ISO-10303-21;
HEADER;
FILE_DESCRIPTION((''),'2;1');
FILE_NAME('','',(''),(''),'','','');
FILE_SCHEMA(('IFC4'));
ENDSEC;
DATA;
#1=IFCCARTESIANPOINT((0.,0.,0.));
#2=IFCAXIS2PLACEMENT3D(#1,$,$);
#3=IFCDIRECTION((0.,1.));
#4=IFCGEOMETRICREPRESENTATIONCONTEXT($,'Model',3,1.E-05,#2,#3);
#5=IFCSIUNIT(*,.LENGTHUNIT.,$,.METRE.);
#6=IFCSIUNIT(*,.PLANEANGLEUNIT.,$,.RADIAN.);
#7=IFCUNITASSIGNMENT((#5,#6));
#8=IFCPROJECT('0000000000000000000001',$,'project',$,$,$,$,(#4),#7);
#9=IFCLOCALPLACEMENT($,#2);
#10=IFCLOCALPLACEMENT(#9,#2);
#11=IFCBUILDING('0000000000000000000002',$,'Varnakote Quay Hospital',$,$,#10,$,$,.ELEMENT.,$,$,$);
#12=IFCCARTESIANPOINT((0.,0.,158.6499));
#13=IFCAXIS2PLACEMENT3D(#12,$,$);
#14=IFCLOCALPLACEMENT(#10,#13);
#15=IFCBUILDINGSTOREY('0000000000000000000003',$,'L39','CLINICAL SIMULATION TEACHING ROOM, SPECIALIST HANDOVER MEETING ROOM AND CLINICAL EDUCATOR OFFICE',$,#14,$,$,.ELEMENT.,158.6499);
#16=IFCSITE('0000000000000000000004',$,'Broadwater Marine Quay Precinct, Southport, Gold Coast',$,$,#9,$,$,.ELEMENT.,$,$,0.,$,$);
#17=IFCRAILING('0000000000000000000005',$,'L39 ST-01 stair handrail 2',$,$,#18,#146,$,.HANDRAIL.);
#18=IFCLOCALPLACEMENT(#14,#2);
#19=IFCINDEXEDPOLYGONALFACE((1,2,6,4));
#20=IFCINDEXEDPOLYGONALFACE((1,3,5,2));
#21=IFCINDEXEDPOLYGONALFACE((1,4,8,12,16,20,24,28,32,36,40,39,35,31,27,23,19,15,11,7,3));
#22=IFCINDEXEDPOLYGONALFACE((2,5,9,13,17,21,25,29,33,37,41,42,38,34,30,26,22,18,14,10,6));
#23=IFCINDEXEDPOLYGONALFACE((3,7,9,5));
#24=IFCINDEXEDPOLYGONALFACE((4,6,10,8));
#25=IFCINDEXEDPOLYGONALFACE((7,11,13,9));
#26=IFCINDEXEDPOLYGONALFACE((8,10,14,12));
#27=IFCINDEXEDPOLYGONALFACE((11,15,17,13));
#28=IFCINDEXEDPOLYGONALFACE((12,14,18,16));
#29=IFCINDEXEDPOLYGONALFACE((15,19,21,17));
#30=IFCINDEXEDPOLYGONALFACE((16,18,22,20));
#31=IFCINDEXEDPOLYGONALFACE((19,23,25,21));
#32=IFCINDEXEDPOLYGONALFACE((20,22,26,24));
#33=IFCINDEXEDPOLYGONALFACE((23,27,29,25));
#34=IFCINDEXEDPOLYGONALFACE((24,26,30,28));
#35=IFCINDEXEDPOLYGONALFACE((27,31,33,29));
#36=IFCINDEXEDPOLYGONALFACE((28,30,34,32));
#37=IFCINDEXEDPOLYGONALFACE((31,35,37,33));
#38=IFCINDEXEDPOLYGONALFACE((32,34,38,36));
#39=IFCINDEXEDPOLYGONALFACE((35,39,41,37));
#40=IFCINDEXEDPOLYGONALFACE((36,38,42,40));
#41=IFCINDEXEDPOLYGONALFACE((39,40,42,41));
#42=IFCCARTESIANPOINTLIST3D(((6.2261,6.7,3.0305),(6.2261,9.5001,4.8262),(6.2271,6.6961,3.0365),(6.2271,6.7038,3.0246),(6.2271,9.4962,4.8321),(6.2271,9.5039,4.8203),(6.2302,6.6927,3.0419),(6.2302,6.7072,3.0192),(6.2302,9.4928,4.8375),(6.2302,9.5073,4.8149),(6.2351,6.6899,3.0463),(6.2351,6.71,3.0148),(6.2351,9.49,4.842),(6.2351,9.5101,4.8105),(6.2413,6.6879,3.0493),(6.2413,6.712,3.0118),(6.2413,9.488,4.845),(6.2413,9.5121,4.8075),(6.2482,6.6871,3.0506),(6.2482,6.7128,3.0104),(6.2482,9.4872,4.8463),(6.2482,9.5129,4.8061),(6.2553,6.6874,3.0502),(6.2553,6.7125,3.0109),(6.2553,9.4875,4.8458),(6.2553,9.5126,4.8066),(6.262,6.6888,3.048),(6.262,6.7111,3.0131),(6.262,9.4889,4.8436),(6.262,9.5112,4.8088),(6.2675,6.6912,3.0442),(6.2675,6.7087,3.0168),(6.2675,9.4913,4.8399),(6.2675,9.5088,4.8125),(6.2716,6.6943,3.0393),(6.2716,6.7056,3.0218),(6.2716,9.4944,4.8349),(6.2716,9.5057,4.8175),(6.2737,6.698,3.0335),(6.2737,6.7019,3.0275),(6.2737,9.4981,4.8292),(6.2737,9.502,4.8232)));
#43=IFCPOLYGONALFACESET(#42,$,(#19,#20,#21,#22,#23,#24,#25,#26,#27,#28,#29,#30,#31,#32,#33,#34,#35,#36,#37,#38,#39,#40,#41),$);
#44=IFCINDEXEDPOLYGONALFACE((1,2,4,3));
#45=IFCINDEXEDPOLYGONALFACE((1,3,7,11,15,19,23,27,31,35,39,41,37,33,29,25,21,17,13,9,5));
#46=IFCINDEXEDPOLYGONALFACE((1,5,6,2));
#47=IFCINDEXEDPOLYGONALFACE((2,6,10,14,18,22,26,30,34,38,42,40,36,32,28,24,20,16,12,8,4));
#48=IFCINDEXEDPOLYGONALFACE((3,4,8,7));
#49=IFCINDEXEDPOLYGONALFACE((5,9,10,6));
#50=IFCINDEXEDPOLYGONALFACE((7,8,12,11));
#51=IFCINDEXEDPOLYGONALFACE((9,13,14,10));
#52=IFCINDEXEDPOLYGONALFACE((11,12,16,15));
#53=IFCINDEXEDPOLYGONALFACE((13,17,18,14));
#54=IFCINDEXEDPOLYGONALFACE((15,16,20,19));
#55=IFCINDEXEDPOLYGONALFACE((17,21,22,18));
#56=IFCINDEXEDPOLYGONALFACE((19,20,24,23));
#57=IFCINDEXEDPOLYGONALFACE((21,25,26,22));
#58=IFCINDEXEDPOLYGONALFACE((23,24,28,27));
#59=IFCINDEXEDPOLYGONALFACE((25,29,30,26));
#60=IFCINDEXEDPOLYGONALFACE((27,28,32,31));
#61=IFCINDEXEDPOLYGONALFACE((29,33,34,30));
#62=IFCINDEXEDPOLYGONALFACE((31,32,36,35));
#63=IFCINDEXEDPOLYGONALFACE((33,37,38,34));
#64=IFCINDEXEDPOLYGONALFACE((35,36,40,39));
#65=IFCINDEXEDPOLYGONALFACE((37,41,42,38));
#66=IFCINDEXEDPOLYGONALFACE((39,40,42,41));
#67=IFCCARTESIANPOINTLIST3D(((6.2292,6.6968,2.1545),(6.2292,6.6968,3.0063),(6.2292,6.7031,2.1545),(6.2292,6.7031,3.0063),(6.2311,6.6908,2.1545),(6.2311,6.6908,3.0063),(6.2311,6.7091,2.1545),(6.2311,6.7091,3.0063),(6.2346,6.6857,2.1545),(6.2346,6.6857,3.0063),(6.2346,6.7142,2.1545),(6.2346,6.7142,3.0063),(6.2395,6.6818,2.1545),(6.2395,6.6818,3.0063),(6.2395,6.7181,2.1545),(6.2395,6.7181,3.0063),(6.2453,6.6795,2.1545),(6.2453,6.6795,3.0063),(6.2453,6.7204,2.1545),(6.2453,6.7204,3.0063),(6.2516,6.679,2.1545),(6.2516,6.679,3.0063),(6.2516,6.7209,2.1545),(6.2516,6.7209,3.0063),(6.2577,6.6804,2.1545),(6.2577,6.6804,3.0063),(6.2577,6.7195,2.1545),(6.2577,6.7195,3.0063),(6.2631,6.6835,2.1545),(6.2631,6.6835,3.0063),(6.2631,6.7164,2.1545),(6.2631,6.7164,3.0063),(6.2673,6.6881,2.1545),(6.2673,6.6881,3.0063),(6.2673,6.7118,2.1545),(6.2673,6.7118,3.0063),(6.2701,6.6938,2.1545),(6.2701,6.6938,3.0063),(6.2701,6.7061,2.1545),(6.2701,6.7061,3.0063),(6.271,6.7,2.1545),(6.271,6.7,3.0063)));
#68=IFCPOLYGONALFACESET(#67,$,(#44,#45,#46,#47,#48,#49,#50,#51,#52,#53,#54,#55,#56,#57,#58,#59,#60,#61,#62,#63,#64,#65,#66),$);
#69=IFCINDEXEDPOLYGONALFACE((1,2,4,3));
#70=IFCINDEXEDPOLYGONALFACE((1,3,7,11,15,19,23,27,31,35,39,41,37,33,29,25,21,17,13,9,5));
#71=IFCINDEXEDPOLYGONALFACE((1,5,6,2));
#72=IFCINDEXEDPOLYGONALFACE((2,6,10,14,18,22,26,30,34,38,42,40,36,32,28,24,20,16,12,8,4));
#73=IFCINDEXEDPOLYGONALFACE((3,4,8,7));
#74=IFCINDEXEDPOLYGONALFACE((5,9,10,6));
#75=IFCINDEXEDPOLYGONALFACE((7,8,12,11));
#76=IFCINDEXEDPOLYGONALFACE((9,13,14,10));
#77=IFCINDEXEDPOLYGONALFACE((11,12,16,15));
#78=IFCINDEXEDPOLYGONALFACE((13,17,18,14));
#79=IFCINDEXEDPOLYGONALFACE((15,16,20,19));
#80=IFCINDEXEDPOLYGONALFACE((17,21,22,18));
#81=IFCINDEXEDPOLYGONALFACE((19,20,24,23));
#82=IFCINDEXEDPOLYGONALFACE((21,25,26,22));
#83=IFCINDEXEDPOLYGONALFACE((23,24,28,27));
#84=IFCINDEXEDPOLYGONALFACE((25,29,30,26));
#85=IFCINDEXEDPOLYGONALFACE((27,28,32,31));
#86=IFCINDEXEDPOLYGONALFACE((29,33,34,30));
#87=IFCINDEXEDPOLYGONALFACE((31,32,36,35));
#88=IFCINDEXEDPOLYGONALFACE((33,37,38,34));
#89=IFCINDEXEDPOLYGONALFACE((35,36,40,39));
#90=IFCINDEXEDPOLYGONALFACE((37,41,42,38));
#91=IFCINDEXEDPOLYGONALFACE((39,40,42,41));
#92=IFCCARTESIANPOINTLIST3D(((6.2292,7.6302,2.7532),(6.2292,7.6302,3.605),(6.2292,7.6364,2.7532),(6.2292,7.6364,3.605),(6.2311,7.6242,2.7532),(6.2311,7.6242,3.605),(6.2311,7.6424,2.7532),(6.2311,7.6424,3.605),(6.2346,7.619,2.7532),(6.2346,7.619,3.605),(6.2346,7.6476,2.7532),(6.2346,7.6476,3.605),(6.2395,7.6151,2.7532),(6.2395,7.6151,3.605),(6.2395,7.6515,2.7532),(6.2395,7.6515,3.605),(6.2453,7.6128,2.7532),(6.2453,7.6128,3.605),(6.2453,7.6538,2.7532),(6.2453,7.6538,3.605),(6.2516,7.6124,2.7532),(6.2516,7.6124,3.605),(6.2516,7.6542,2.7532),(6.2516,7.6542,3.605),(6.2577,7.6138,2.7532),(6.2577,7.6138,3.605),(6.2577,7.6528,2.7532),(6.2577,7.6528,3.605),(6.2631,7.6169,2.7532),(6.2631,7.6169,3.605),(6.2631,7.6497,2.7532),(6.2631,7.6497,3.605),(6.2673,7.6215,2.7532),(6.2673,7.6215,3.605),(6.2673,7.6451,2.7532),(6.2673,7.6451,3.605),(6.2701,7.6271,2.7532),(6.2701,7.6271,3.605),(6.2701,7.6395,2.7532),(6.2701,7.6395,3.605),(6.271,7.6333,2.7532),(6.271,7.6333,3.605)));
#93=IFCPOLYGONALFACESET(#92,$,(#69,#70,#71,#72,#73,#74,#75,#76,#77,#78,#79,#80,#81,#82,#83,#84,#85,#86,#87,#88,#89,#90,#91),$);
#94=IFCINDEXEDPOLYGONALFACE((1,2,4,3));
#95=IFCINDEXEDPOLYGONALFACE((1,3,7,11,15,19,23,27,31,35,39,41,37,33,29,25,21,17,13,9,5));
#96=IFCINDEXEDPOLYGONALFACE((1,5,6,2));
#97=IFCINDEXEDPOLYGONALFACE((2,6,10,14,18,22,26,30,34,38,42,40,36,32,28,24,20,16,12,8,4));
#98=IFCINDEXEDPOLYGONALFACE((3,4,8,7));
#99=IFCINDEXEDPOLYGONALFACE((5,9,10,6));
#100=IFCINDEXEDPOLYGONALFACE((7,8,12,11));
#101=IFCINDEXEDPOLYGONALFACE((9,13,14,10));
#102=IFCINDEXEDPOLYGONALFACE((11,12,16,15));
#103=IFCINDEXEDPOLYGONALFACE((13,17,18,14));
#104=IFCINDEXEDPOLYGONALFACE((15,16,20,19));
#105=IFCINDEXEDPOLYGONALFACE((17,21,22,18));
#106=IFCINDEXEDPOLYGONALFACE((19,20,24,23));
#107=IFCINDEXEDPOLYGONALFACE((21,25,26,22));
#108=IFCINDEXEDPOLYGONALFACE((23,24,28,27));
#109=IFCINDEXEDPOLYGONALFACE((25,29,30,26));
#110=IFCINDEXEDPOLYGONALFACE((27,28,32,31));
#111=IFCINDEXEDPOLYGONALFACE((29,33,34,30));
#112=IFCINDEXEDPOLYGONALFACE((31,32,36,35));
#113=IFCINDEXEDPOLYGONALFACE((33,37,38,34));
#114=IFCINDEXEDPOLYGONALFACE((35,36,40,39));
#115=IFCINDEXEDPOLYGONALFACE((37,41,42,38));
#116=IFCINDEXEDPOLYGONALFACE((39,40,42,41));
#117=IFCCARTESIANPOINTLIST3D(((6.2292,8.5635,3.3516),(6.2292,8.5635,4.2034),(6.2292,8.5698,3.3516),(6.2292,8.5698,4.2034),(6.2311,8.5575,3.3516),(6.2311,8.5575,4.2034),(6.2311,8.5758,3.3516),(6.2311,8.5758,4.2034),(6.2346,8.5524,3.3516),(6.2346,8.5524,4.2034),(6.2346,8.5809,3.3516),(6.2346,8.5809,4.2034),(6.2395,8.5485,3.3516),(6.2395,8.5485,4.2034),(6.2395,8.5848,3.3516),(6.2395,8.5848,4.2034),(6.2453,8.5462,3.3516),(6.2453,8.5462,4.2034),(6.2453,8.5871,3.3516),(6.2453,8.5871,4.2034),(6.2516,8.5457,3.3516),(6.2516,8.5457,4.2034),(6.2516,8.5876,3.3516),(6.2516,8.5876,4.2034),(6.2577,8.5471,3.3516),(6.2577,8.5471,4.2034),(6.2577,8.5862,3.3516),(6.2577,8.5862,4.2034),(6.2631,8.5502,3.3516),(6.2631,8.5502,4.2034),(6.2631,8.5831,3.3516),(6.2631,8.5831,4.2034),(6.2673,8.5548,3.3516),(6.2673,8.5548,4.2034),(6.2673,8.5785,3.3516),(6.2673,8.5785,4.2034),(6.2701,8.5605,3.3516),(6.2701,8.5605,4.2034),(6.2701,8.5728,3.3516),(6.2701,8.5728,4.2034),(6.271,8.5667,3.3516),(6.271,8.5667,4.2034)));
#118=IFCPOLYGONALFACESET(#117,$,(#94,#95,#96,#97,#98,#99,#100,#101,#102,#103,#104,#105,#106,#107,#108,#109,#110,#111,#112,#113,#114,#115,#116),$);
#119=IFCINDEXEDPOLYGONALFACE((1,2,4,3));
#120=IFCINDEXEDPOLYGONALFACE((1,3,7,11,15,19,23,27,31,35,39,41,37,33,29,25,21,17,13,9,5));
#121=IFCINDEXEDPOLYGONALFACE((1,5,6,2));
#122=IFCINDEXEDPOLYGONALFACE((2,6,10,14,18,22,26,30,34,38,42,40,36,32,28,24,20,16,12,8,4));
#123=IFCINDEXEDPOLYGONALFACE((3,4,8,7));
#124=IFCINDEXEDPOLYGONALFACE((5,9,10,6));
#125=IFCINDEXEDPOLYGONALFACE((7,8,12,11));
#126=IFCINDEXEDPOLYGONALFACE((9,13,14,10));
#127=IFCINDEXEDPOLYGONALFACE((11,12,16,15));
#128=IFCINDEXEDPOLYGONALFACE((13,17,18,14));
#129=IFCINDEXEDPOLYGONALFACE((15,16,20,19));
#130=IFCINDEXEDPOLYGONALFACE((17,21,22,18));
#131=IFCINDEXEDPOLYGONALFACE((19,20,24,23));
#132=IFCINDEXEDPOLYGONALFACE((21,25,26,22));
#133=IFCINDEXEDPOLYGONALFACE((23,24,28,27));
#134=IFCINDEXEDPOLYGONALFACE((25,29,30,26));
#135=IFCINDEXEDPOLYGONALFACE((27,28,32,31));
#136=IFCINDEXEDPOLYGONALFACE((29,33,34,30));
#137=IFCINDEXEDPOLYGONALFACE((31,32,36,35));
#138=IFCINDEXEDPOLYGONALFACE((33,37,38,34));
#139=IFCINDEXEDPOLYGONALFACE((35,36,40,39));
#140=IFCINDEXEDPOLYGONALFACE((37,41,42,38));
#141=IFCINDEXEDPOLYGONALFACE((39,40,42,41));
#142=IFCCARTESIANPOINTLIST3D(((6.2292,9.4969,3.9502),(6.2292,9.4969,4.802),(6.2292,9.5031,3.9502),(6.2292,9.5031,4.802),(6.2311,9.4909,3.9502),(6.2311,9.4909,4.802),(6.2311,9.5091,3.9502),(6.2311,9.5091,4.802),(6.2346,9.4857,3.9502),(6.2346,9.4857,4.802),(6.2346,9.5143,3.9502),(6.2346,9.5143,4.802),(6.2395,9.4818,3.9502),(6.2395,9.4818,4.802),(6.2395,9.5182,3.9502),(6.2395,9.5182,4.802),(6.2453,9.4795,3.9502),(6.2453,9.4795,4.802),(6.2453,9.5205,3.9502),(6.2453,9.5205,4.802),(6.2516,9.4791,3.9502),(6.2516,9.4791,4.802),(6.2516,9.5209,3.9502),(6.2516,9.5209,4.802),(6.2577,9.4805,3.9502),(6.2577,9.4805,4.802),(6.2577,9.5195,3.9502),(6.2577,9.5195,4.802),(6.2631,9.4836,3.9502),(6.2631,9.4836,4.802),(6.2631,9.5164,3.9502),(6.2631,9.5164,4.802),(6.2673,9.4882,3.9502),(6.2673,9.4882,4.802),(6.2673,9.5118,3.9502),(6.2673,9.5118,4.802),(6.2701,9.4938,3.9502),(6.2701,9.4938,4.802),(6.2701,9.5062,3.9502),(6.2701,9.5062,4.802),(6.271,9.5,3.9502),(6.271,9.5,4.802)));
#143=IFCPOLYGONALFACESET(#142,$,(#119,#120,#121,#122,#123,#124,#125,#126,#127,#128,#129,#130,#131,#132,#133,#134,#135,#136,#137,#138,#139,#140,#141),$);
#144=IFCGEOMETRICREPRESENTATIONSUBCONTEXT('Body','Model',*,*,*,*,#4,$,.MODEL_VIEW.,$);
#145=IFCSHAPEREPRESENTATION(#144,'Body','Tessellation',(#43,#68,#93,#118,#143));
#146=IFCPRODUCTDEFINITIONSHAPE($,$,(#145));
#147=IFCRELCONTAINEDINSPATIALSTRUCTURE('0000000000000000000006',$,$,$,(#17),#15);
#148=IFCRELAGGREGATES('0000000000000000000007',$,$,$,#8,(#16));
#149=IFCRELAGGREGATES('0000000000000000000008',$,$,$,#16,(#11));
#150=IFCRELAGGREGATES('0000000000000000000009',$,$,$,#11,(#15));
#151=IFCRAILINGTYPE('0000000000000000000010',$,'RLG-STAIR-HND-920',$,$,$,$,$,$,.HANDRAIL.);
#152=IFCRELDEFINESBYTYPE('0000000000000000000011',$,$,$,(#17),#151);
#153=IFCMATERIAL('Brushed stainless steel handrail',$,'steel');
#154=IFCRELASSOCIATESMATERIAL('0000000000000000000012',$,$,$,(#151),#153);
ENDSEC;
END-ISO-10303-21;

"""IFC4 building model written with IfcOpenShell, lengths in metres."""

from ifc_helpers import new_model, si_unit, direction, frame, origin, origin_2d, place, context, subcontext, project, spatial, circle, extrude, material, type_object, element, save


model = new_model("IFC4")

# Units and contexts
model_context = context("Model", 3, precision=1e-05, world=origin(), true_north=direction((0.0, 1.0)))
body_context = subcontext(model_context, "Body", "Model", "MODEL_VIEW")
ifc_project = project(units=[si_unit("LENGTHUNIT", "METRE"), si_unit("PLANEANGLEUNIT", "RADIAN")], contexts=[model_context])

# Site, building, storey
site_placement = place(None, origin())
site = spatial("IfcSite", under=ifc_project, at=site_placement, Name="Broadwater Marine Quay Precinct, Southport, Gold Coast", CompositionType="ELEMENT", RefElevation=0.0)
building_placement = place(site_placement, origin())
building = spatial("IfcBuilding", under=site, at=building_placement, Name="Varnakote Quay Hospital", CompositionType="ELEMENT")
storey_placement = place(building_placement, frame((0.0, 0.0, 158.6499)))
storey = spatial("IfcBuildingStorey", under=building, at=storey_placement, Name="L39", Description="CLINICAL SIMULATION TEACHING ROOM, SPECIALIST HANDOVER MEETING ROOM AND CLINICAL EDUCATOR OFFICE", CompositionType="ELEMENT", Elevation=158.6499)

# Railing
ifc_material_1 = material(Name="Brushed stainless steel handrail", Category="steel")
railing_type_1 = type_object("IfcRailingType", Name="RLG-STAIR-HND-920", PredefinedType="HANDRAIL", material=ifc_material_1)
railing_1_placement = place(storey_placement, frame((6.25, 6.7, 2.1545)))
element("IfcRailing", 1, at=railing_1_placement, inside=storey, type_object=railing_type_1, Name="L39 ST-01 stair handrail 2", PredefinedType="HANDRAIL", context=body_context, shape_type="SweptSolid", body=[
    extrude(circle(Radius=0.0239, at=origin_2d()), frame((0.0, 0.0, 0.876), z_axis=(0.0, 0.841777, 0.539826), x_axis=(-1.0, 0.0, 0.0)), (0.0, 0.0, 1.0), 3.3264),
    extrude(circle(Radius=0.021, at=origin_2d()), origin(), (0.0, 0.0, 1.0), 0.8518),
    extrude(circle(Radius=0.021, at=origin_2d()), frame((0.0, 0.9333, 0.5986)), (0.0, 0.0, 1.0), 0.8518),
    extrude(circle(Radius=0.021, at=origin_2d()), frame((0.0, 1.8667, 1.197)), (0.0, 0.0, 1.0), 0.8518),
    extrude(circle(Radius=0.021, at=origin_2d()), frame((0.0, 2.8, 1.7957)), (0.0, 0.0, 1.0), 0.8518),
])

save(model, "model.ifc")
